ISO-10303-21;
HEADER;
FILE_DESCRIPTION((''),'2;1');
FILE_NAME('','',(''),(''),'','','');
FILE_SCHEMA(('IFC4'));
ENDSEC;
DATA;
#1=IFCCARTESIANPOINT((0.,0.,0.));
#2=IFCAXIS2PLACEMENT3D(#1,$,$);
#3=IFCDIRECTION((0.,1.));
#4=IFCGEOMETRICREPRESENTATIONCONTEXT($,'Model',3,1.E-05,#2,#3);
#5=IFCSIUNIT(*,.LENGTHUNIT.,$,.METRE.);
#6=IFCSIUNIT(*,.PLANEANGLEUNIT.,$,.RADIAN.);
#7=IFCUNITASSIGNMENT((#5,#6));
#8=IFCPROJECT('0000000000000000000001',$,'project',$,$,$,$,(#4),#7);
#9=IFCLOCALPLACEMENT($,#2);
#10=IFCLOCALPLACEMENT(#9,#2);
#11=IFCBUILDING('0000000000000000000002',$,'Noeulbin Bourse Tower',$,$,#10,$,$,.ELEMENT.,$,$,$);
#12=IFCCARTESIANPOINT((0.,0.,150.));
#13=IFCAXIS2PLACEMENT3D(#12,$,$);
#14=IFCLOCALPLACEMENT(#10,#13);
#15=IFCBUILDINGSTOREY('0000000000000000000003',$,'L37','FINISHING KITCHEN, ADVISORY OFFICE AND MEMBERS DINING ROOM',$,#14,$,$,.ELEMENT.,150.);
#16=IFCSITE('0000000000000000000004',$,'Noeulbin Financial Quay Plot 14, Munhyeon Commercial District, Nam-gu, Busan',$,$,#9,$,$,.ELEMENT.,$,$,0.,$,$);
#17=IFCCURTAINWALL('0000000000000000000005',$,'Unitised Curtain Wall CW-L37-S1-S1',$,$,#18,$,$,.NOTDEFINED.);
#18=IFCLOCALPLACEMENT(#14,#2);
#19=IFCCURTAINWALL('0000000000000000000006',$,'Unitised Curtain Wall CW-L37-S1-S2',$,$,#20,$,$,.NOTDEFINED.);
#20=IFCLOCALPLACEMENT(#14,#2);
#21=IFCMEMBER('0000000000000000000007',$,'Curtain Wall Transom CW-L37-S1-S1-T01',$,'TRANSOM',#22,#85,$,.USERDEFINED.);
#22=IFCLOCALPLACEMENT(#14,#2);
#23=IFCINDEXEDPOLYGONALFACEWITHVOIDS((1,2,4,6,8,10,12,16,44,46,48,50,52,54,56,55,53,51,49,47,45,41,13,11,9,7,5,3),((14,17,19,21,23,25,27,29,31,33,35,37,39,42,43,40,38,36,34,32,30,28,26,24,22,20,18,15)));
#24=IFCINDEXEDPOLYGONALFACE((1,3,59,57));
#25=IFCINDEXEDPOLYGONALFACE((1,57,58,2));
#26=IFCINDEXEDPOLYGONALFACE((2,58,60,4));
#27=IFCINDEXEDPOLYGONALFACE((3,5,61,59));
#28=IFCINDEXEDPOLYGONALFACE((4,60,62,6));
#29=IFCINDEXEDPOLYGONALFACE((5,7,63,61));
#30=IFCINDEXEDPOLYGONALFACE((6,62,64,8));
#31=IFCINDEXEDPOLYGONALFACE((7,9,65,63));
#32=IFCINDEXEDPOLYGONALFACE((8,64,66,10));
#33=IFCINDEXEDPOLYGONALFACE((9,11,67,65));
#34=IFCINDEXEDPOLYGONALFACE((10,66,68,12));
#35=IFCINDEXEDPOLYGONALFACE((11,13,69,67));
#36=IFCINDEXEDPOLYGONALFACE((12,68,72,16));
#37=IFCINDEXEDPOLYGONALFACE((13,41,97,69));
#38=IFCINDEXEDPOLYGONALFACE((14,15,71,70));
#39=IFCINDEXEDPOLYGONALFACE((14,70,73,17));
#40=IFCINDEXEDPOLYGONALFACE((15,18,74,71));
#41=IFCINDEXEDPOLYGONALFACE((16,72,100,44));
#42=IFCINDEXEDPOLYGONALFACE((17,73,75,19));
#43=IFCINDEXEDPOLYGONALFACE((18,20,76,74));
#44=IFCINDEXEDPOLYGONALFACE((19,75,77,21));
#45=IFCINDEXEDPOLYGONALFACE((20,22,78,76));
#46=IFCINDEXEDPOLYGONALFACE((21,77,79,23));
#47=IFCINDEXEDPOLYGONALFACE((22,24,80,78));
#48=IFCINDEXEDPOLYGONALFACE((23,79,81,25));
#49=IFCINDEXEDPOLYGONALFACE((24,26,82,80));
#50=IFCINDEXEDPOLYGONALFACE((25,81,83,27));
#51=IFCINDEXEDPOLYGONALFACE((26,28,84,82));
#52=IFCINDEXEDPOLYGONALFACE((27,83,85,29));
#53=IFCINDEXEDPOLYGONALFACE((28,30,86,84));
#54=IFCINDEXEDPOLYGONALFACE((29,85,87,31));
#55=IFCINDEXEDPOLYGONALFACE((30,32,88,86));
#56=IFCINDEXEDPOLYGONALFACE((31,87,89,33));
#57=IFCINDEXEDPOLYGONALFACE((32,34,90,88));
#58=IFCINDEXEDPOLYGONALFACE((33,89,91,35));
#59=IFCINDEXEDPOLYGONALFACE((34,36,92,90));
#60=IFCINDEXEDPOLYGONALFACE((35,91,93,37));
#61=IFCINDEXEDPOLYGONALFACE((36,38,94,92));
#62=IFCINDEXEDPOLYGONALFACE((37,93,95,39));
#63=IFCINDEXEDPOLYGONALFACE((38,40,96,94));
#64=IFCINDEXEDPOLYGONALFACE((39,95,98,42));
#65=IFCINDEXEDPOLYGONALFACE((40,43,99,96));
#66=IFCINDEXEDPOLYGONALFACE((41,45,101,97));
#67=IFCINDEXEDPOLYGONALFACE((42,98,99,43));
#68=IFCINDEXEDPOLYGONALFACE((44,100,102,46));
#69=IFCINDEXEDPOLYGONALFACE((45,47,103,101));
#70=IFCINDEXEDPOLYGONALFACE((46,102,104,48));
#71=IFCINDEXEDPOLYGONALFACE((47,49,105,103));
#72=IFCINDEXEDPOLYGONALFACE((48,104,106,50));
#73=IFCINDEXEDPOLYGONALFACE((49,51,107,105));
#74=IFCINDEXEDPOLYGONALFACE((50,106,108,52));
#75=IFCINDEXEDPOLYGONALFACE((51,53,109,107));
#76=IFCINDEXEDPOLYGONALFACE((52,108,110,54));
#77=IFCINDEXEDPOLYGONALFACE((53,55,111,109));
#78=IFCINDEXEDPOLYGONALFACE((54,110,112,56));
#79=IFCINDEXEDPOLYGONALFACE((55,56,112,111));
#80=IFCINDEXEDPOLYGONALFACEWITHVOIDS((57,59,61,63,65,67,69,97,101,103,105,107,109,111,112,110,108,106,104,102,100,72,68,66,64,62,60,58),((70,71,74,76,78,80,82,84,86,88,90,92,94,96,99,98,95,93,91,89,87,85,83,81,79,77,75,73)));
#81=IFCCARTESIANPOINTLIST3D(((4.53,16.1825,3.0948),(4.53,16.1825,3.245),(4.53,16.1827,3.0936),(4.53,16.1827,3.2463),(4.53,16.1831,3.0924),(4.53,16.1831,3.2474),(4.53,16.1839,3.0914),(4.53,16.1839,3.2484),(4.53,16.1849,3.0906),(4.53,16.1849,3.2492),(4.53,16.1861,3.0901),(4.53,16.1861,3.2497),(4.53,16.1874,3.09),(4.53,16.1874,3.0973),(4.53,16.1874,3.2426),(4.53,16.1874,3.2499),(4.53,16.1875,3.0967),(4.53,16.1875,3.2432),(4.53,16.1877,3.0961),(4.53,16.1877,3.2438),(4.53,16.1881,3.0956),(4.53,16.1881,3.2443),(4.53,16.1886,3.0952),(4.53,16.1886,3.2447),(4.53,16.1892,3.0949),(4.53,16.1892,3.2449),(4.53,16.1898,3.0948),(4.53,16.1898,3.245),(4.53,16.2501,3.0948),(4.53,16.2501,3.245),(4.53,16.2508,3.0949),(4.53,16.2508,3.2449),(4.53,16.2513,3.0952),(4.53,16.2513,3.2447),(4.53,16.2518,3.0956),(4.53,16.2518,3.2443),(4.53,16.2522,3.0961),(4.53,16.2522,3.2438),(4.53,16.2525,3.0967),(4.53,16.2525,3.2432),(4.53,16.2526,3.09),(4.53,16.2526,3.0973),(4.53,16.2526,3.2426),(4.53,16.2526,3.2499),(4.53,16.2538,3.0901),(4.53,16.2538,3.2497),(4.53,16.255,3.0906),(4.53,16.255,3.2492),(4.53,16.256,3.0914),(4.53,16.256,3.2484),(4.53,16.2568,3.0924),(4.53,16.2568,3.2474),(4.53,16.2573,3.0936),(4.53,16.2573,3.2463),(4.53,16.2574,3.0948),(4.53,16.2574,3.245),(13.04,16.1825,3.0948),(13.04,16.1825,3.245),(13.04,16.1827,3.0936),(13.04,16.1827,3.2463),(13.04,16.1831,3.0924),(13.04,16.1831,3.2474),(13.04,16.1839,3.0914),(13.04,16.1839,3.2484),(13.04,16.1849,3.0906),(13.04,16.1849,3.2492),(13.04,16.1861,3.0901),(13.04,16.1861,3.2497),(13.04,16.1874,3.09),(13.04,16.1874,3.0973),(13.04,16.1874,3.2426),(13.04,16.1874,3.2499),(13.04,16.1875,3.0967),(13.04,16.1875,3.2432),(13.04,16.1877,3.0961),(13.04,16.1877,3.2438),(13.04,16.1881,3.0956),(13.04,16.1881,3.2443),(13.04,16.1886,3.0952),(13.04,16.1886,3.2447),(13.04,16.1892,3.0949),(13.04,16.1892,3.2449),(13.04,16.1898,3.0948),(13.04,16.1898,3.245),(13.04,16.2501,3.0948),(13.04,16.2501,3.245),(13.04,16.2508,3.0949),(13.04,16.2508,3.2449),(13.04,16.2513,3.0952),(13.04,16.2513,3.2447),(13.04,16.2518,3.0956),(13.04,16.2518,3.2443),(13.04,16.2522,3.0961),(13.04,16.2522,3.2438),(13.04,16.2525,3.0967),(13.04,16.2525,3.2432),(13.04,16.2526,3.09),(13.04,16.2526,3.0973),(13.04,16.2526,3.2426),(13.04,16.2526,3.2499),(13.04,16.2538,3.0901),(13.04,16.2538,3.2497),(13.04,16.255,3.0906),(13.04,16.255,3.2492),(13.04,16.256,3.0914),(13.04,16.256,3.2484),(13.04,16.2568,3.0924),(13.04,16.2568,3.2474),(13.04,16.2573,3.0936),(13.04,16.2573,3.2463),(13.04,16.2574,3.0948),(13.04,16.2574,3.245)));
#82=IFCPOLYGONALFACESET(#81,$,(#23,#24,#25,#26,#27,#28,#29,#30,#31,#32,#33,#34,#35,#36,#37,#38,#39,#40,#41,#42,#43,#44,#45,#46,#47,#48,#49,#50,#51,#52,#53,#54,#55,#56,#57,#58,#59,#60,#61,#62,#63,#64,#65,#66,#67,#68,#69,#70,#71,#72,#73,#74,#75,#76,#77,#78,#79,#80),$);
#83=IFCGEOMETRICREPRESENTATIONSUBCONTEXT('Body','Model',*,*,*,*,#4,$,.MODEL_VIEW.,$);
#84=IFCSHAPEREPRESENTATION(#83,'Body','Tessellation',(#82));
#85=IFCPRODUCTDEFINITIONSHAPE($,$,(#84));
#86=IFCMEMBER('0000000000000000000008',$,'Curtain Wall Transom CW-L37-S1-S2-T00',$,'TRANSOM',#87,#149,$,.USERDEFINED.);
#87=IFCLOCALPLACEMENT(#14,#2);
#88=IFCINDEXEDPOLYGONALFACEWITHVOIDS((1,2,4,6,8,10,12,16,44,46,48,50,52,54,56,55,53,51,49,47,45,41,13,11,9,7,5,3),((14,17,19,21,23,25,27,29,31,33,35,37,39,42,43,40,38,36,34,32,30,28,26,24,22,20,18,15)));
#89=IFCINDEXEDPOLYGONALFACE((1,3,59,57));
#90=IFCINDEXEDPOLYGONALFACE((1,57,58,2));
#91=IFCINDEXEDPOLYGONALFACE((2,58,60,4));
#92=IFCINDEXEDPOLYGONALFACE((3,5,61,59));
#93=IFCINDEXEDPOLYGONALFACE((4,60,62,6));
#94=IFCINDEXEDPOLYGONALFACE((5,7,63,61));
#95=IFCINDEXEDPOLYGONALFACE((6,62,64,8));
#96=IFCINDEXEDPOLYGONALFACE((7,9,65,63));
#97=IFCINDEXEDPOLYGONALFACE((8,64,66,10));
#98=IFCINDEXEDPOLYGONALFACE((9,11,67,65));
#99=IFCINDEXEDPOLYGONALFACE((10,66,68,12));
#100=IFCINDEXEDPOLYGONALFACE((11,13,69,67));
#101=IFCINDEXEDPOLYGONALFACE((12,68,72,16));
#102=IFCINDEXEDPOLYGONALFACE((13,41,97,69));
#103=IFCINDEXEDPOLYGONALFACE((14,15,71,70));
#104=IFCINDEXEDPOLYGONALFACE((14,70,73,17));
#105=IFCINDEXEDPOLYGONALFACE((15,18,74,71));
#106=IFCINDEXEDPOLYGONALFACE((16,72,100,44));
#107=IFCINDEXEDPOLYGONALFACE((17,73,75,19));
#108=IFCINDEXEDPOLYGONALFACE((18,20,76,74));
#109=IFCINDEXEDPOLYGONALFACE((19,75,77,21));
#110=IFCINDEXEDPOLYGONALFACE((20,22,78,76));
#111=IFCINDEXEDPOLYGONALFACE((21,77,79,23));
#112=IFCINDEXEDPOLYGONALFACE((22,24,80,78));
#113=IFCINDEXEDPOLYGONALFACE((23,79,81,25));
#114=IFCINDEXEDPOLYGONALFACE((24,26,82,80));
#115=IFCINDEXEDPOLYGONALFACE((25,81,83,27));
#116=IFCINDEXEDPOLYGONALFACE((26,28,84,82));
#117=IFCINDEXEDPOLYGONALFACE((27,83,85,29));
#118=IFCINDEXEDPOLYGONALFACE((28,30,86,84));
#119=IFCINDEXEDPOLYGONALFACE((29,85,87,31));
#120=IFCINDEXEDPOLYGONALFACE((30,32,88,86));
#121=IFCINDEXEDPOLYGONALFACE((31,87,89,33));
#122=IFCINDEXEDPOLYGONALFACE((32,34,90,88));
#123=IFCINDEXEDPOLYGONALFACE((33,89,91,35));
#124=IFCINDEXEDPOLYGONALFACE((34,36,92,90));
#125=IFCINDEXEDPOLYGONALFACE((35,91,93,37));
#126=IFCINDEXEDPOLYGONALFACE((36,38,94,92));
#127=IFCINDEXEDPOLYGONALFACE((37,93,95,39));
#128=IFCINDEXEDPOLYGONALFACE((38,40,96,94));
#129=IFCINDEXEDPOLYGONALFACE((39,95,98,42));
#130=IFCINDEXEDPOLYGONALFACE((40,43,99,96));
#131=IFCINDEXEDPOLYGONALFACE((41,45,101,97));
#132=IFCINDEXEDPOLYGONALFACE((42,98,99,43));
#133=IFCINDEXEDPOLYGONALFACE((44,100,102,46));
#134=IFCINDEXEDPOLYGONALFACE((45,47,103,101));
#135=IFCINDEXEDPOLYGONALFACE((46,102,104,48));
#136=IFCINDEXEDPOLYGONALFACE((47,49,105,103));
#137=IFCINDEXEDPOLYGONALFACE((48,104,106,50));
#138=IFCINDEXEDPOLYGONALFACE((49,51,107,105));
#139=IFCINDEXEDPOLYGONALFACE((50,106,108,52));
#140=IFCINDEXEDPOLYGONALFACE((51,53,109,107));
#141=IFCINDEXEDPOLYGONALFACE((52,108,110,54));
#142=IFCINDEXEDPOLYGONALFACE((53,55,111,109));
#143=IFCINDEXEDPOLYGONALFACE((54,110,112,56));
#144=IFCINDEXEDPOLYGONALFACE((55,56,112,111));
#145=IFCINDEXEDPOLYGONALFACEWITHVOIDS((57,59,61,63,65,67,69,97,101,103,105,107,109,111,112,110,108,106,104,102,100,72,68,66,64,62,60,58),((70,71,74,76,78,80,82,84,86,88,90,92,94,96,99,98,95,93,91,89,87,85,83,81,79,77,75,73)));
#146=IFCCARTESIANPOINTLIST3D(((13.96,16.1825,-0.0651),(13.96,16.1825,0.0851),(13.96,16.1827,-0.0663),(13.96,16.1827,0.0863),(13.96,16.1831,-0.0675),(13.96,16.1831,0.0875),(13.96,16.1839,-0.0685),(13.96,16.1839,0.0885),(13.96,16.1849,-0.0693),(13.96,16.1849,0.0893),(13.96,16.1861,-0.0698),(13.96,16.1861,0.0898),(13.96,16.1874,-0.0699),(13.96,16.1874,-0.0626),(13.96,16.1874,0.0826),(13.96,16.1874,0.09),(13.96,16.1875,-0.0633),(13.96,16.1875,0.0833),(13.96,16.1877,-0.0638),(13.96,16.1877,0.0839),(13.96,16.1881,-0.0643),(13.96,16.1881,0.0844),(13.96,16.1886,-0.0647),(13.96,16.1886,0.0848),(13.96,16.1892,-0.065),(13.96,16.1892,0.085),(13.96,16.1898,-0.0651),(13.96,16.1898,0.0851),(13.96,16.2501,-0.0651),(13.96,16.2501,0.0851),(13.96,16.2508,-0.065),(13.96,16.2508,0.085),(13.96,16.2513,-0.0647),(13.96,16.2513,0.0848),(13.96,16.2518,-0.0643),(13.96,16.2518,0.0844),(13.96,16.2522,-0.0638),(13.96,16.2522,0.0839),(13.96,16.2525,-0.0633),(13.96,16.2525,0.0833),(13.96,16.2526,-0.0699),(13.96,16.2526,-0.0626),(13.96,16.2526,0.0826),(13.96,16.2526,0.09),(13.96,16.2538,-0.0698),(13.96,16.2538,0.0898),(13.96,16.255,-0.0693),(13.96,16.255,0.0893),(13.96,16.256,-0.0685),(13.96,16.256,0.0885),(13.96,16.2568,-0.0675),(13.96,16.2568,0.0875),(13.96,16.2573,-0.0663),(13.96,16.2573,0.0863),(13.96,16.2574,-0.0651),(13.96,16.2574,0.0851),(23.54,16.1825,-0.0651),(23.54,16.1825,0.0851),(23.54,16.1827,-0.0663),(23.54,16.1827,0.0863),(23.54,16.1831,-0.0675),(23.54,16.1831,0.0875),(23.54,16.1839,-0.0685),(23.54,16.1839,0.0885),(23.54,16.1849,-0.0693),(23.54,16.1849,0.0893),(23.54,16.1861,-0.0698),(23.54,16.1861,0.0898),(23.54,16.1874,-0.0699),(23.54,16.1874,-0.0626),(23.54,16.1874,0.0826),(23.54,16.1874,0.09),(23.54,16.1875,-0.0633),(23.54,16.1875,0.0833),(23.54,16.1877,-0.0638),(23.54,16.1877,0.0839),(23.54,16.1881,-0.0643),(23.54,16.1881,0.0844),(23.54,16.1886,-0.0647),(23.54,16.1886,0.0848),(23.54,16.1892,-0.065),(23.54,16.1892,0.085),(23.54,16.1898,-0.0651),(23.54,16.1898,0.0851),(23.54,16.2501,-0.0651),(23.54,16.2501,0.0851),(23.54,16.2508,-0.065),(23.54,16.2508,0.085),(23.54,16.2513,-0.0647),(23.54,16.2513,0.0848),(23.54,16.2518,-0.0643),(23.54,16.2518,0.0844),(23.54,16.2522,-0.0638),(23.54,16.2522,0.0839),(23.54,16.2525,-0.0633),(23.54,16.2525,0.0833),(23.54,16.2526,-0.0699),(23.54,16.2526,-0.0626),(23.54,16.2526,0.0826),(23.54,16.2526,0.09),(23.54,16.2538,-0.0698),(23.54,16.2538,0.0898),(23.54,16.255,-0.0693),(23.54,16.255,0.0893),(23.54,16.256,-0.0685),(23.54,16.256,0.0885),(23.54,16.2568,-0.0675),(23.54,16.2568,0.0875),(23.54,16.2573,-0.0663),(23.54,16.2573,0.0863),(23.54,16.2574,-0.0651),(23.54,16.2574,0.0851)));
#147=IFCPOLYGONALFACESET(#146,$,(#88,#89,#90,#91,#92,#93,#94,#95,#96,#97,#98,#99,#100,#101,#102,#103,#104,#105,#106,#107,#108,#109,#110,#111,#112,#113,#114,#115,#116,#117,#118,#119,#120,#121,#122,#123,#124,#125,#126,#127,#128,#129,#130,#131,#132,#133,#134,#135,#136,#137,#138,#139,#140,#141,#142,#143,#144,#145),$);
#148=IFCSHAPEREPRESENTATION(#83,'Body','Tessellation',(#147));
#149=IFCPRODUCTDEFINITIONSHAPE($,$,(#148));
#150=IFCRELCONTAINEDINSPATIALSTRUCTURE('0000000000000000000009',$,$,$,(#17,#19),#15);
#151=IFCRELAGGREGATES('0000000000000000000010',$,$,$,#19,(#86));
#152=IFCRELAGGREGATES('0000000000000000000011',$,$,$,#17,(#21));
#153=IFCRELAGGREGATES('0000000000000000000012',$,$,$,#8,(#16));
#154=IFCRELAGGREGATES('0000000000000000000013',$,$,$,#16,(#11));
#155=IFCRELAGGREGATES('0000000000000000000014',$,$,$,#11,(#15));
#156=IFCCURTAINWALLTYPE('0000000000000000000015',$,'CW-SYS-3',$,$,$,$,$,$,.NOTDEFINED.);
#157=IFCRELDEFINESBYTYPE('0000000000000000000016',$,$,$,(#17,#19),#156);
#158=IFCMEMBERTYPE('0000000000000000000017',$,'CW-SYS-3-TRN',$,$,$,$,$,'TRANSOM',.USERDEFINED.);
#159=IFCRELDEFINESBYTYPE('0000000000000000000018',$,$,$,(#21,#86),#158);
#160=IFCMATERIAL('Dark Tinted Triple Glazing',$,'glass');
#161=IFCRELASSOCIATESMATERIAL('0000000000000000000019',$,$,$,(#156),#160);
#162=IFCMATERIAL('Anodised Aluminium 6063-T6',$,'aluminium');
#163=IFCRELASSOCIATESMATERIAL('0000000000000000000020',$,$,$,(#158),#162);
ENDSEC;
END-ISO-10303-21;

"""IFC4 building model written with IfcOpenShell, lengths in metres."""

from ifc_helpers import new_model, si_unit, direction, frame, origin, origin_2d, place, context, subcontext, project, spatial, hollow_rectangle, extrude, material, material_profile, profile_set, type_object, element, aggregate, save


model = new_model("IFC4")

# Units and contexts
model_context = context("Model", 3, precision=1e-05, world=origin(), true_north=direction((0.0, 1.0)))
body_context = subcontext(model_context, "Body", "Model", "MODEL_VIEW")
ifc_project = project(units=[si_unit("LENGTHUNIT", "METRE"), si_unit("PLANEANGLEUNIT", "RADIAN")], contexts=[model_context])

# Site, building, storey
site_placement = place(None, origin())
site = spatial("IfcSite", under=ifc_project, at=site_placement, Name="Noeulbin Financial Quay Plot 14, Munhyeon Commercial District, Nam-gu, Busan", CompositionType="ELEMENT", RefElevation=0.0)
building_placement = place(site_placement, origin())
building = spatial("IfcBuilding", under=site, at=building_placement, Name="Noeulbin Bourse Tower", CompositionType="ELEMENT")
storey_placement = place(building_placement, frame((0.0, 0.0, 150.0)))
storey = spatial("IfcBuildingStorey", under=building, at=storey_placement, Name="L37", Description="FINISHING KITCHEN, ADVISORY OFFICE AND MEMBERS DINING ROOM", CompositionType="ELEMENT", Elevation=150.0)

# Curtain wall
ifc_material_1 = material(Name="Dark Tinted Triple Glazing", Category="glass")
curtain_wall_type = type_object("IfcCurtainWallType", Name="CW-SYS-3", PredefinedType="NOTDEFINED", material=ifc_material_1)
curtain_wall_1_placement = place(storey_placement, origin())
curtain_wall_1 = element("IfcCurtainWall", 1, at=curtain_wall_1_placement, inside=storey, type_object=curtain_wall_type, Name="Unitised Curtain Wall CW-L37-S1-S1", PredefinedType="NOTDEFINED")
ifc_material_2 = material(Name="Anodised Aluminium 6063-T6", Category="aluminium")

# Curtain wall
curtain_wall_2_placement = place(storey_placement, origin())
curtain_wall_2 = element("IfcCurtainWall", 2, at=curtain_wall_2_placement, inside=storey, type_object=curtain_wall_type, Name="Unitised Curtain Wall CW-L37-S1-S2", PredefinedType="NOTDEFINED")

# Members
ifc_material_profile_1 = material_profile(ifc_material_2, hollow_rectangle(XDim=0.075, YDim=0.1599, WallThickness=0.0049, InnerFilletRadius=0.0024, OuterFilletRadius=0.0049, at=origin_2d()), Name="ALU-TRAN-75x160x5", Category="LoadBearing")
ifc_profile_set_1 = profile_set([ifc_material_profile_1], Name="Anodised Aluminium 6063-T6")
member_type_1 = type_object("IfcMemberType", Name="CW-SYS-3-TRN", ElementType="TRANSOM", PredefinedType="USERDEFINED", material=ifc_profile_set_1)
member_1_placement = place(storey_placement, frame((4.53, 16.22, 3.1699), z_axis=(1.0, 0.0, 0.0), x_axis=(0.0, 1.0, 0.0)))
member_1 = element("IfcMember", 3, at=member_1_placement, type_object=member_type_1, Name="Curtain Wall Transom CW-L37-S1-S1-T01", ObjectType="TRANSOM", PredefinedType="USERDEFINED", context=body_context, shape_type="SweptSolid", body=[
    extrude(hollow_rectangle(XDim=0.075, YDim=0.1599, WallThickness=0.0049, InnerFilletRadius=0.0024, OuterFilletRadius=0.0049, at=origin_2d()), origin(), (0.0, 0.0, 1.0), 8.51),
])
member_2_placement = place(storey_placement, frame((13.96, 16.22, 0.01), z_axis=(1.0, 0.0, 0.0), x_axis=(0.0, 1.0, 0.0)))
member_2 = element("IfcMember", 4, at=member_2_placement, type_object=member_type_1, Name="Curtain Wall Transom CW-L37-S1-S2-T00", ObjectType="TRANSOM", PredefinedType="USERDEFINED", context=body_context, shape_type="SweptSolid", body=[
    extrude(hollow_rectangle(XDim=0.075, YDim=0.1599, WallThickness=0.0049, InnerFilletRadius=0.0024, OuterFilletRadius=0.0049, at=origin_2d()), origin(), (0.0, 0.0, 1.0), 9.5801),
])
aggregate(curtain_wall_2, [member_2])

aggregate(curtain_wall_1, [member_1])

save(model, "model.ifc")
